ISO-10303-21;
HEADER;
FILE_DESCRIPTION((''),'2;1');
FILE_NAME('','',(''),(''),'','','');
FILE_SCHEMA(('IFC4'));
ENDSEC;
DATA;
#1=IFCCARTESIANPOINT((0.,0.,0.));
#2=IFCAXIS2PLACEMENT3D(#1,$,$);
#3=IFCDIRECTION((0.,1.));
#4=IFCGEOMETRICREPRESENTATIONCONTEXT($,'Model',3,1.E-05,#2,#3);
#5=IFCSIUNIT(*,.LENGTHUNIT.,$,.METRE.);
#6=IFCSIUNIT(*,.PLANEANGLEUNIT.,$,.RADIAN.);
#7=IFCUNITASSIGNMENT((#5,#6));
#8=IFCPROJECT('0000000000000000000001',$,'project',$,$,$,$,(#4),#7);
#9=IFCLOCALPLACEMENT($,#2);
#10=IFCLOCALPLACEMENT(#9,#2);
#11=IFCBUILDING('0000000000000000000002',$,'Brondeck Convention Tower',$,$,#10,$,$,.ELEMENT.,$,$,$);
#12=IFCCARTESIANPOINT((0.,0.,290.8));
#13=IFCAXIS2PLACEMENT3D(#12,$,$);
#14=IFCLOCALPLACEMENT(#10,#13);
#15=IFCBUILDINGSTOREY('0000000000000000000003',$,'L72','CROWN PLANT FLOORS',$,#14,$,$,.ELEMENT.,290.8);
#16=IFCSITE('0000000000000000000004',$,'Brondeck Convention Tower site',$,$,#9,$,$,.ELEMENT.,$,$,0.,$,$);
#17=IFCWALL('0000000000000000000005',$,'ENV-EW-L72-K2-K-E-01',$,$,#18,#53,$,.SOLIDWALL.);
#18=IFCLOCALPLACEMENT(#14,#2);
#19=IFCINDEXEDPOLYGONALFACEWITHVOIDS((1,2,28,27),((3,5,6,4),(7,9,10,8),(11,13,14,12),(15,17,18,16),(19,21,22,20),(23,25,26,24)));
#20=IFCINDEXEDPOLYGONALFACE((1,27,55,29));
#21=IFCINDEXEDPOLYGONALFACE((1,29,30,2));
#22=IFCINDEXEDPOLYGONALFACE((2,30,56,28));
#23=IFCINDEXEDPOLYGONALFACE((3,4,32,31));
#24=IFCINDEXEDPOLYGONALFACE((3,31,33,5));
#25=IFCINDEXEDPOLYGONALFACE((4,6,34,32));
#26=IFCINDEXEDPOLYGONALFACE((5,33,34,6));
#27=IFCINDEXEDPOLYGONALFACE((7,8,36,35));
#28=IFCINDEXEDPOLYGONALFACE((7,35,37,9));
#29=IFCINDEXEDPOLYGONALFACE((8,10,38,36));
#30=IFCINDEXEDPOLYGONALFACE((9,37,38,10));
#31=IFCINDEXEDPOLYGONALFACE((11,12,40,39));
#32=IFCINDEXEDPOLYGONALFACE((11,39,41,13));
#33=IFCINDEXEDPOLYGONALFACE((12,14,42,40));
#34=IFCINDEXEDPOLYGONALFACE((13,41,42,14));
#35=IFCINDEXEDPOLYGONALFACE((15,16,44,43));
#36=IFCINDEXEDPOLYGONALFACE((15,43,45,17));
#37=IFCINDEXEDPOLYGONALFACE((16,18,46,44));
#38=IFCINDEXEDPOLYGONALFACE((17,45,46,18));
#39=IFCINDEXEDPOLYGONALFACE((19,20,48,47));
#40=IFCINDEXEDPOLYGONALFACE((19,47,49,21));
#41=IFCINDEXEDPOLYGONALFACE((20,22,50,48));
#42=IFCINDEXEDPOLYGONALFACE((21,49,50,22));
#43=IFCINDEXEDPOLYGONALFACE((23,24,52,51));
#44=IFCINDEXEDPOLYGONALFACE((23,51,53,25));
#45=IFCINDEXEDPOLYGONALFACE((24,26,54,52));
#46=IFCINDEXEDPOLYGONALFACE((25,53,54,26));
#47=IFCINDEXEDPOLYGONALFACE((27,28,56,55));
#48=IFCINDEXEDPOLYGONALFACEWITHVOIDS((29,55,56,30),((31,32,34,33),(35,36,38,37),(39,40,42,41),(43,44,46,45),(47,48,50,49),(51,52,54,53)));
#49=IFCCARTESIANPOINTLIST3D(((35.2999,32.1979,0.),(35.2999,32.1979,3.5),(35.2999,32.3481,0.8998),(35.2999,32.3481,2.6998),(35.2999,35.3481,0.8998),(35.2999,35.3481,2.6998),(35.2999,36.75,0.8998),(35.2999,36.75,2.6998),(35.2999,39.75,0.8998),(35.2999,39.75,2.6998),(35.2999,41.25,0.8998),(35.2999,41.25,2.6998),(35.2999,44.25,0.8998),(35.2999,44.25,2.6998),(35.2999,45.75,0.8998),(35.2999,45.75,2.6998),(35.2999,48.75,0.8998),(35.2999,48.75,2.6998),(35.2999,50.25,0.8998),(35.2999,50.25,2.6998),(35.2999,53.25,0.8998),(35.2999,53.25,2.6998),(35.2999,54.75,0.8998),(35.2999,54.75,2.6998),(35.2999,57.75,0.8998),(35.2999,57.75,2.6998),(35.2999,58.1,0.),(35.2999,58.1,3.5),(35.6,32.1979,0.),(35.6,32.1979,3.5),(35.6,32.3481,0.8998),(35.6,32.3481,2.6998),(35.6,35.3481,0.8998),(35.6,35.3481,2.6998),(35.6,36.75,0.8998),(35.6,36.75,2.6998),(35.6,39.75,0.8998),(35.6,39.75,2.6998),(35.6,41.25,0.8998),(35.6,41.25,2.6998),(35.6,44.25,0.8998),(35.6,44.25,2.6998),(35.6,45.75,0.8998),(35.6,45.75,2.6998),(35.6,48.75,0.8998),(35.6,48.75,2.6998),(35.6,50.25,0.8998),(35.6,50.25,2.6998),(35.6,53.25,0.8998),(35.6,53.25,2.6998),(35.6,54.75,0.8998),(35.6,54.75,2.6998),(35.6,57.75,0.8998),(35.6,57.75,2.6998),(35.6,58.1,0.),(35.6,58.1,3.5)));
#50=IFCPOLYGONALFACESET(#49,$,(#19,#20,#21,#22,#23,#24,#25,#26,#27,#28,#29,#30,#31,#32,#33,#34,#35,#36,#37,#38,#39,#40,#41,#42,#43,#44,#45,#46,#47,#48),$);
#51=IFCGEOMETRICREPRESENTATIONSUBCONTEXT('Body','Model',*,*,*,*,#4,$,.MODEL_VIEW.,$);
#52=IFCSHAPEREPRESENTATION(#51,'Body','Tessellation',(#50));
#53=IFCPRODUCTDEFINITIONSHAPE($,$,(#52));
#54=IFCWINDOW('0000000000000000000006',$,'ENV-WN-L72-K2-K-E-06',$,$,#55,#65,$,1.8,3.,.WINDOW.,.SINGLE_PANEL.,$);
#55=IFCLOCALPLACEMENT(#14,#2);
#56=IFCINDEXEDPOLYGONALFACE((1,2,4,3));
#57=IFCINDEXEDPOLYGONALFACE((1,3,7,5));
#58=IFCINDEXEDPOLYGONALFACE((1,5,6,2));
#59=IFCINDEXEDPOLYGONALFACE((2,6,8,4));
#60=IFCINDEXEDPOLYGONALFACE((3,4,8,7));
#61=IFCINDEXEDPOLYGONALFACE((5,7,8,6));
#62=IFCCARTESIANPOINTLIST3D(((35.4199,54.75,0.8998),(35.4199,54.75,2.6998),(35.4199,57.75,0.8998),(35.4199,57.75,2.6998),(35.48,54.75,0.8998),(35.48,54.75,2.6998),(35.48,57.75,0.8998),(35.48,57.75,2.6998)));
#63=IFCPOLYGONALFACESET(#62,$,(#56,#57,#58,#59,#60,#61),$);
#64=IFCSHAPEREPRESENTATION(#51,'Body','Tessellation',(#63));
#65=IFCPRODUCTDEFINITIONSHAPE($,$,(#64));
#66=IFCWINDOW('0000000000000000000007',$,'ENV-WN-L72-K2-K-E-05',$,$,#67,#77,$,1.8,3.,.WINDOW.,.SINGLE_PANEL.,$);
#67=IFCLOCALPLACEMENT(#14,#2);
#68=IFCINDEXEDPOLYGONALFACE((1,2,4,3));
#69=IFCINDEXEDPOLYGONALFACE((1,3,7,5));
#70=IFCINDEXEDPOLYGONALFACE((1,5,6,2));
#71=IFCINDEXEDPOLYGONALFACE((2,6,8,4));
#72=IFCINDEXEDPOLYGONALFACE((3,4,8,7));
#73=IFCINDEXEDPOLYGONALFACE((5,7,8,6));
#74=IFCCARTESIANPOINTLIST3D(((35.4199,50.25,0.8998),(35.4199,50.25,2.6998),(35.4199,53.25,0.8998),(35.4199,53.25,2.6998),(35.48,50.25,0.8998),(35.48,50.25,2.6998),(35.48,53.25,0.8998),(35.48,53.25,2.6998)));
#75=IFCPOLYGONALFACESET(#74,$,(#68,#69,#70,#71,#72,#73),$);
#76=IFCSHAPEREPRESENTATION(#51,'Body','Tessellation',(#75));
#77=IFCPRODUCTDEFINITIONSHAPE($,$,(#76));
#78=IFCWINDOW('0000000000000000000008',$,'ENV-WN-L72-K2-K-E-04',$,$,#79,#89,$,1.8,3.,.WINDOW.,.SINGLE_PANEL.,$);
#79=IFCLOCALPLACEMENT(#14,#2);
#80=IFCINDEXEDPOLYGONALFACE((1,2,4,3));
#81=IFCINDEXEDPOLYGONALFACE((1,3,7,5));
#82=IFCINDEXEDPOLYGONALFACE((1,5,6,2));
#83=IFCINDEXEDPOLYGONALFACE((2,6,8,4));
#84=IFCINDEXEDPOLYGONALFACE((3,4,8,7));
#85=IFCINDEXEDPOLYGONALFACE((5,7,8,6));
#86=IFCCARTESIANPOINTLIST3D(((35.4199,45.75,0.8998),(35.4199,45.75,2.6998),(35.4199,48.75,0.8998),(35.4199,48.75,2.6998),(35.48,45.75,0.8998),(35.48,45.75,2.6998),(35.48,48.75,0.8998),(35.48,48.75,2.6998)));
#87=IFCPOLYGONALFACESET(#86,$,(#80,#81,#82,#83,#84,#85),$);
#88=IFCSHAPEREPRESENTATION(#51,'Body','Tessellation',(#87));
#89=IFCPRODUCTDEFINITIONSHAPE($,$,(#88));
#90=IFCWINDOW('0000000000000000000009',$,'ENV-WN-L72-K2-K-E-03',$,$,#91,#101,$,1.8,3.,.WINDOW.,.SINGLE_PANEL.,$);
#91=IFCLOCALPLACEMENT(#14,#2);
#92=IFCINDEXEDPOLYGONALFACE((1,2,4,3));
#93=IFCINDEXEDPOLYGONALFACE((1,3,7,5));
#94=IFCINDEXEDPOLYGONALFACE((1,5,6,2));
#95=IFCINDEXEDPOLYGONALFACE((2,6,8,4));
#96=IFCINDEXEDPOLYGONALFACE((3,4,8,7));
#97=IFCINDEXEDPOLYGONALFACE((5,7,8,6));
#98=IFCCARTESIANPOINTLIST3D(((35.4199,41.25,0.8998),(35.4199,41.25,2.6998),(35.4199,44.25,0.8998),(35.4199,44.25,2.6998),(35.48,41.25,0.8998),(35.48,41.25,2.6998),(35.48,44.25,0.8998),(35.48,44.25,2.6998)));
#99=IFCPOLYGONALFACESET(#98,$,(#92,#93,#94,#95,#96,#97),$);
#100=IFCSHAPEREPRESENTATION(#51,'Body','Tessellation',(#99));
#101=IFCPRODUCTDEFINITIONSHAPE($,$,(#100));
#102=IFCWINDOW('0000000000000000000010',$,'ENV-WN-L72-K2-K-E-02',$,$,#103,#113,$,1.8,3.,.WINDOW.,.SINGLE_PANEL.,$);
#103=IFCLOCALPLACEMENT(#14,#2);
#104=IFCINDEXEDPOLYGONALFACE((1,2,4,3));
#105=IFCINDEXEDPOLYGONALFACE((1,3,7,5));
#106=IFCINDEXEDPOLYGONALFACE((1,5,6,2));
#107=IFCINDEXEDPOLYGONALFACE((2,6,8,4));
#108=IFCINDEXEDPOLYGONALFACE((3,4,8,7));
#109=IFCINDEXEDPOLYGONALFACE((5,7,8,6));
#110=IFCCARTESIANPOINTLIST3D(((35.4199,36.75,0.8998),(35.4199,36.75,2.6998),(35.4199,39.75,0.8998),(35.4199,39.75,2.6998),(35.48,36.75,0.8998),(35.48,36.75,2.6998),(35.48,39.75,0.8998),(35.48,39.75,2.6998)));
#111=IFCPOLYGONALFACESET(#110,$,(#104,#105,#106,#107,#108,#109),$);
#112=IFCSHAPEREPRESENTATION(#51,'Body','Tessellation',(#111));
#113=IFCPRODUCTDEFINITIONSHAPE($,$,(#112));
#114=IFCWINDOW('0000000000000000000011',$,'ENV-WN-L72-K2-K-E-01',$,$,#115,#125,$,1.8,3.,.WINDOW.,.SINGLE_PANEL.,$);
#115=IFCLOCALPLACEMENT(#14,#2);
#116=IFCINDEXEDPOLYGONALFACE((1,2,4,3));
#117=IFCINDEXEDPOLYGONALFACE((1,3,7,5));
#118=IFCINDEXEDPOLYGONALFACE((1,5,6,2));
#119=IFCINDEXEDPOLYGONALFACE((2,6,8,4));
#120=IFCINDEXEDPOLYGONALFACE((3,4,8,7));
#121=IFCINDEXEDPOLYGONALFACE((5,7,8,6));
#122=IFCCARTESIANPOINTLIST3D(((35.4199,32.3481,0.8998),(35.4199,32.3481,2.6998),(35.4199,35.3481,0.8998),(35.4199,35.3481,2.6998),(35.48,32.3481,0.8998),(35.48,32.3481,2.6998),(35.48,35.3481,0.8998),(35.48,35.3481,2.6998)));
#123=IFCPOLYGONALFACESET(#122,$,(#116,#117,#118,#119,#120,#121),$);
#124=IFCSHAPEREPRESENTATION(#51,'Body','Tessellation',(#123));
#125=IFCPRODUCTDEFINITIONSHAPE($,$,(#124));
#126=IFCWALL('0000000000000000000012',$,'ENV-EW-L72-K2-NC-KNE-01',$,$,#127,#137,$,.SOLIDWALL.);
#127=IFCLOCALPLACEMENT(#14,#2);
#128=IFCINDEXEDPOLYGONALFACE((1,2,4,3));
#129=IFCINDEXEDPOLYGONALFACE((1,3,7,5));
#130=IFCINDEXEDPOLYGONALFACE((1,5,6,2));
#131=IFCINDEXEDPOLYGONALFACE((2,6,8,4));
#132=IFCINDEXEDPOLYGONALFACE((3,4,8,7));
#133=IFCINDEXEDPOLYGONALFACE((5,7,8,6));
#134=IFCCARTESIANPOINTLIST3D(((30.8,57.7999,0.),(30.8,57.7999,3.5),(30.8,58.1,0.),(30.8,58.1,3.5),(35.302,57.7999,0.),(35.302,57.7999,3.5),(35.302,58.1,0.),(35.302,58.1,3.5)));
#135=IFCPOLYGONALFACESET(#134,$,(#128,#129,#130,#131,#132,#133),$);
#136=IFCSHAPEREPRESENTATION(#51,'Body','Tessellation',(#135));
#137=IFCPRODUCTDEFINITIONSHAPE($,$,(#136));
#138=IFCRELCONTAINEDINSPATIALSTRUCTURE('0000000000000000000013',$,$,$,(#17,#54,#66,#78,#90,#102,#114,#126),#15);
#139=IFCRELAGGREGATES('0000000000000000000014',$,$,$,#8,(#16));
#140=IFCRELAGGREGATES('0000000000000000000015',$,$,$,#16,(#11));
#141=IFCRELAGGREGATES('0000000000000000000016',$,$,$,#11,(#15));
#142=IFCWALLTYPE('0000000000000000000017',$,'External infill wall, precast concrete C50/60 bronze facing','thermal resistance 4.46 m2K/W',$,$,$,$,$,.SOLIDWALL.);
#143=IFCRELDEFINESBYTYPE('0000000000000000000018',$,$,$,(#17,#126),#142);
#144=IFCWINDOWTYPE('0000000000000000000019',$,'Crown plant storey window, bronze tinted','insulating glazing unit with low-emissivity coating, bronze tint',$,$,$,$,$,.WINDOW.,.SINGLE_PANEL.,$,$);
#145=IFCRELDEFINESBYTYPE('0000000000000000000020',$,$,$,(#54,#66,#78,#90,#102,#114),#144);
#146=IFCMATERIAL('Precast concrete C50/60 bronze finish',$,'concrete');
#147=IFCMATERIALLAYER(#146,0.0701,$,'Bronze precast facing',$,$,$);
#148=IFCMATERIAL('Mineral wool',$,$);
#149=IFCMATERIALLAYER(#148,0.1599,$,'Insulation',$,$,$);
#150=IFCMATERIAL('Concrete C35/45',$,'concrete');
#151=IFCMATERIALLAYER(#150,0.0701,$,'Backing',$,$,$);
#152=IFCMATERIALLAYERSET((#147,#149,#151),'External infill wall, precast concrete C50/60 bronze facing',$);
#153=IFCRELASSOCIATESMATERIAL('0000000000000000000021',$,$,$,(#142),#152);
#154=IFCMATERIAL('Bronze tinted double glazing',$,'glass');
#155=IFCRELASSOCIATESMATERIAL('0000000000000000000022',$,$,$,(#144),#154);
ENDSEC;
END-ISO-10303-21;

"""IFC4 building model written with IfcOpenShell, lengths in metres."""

from ifc_helpers import new_model, si_unit, direction, frame, frame_2d, origin, place, context, subcontext, project, spatial, rectangle, extrude, material, layer, layer_set, type_object, element, fill, save


model = new_model("IFC4")

# Units and contexts
model_context = context("Model", 3, precision=1e-05, world=origin(), true_north=direction((0.0, 1.0)))
body_context = subcontext(model_context, "Body", "Model", "MODEL_VIEW")
ifc_project = project(units=[si_unit("LENGTHUNIT", "METRE"), si_unit("PLANEANGLEUNIT", "RADIAN")], contexts=[model_context])

# Site, building, storey
site_placement = place(None, origin())
site = spatial("IfcSite", under=ifc_project, at=site_placement, Name="Brondeck Convention Tower site", CompositionType="ELEMENT", RefElevation=0.0)
building_placement = place(site_placement, origin())
building = spatial("IfcBuilding", under=site, at=building_placement, Name="Brondeck Convention Tower", CompositionType="ELEMENT")
storey_placement = place(building_placement, frame((0.0, 0.0, 290.8)))
storey = spatial("IfcBuildingStorey", under=building, at=storey_placement, Name="L72", Description="CROWN PLANT FLOORS", CompositionType="ELEMENT", Elevation=290.8)

# Wall, openings, windows
ifc_material_1 = material(Name="Precast concrete C50/60 bronze finish", Category="concrete")
ifc_layer_1 = layer(ifc_material_1, 0.0701, Name="Bronze precast facing")
ifc_material_2 = material(Name="Mineral wool")
ifc_layer_2 = layer(ifc_material_2, 0.1599, Name="Insulation")
ifc_material_3 = material(Name="Concrete C35/45", Category="concrete")
ifc_layer_3 = layer(ifc_material_3, 0.0701, Name="Backing")
ifc_layer_set_1 = layer_set([ifc_layer_1, ifc_layer_2, ifc_layer_3], Name="External infill wall, precast concrete C50/60 bronze facing")
wall_type_1 = type_object("IfcWallType", Name="External infill wall, precast concrete C50/60 bronze facing", Description="thermal resistance 4.46 m2K/W", PredefinedType="SOLIDWALL", material=ifc_layer_set_1)
wall_1_placement = place(storey_placement, frame((35.45, 58.1001, 0.0), z_axis=(0.0, 0.0, 1.0), x_axis=(0.0, -1.0, 0.0)))
wall_1 = element("IfcWall", 1, at=wall_1_placement, inside=storey, type_object=wall_type_1, Name="ENV-EW-L72-K2-K-E-01", PredefinedType="SOLIDWALL", context=body_context, shape_type="SweptSolid", body=[
    extrude(rectangle(XDim=25.9021, YDim=0.3, at=frame_2d((12.9512, 0.0))), origin(), (0.0, 0.0, 1.0), 3.5),
])
opening_1_placement = place(wall_1_placement, frame((0.3501, 0.0, 0.8999)))
opening_1 = element("IfcOpeningElement", 2, at=opening_1_placement, cuts=wall_1, PredefinedType="OPENING", context=body_context, shape_type="SweptSolid", body=[
    extrude(rectangle(XDim=3.0, YDim=1.8, at=frame_2d((1.5, 0.8999))), frame((0.0, 0.1599, 0.0), z_axis=(0.0, -1.0, 0.0), x_axis=(1.0, 0.0, 0.0)), (0.0, 0.0, 1.0), 0.3201),
])
opening_2_placement = place(wall_1_placement, frame((4.8501, 0.0, 0.8999)))
opening_2 = element("IfcOpeningElement", 3, at=opening_2_placement, cuts=wall_1, PredefinedType="OPENING", context=body_context, shape_type="SweptSolid", body=[
    extrude(rectangle(XDim=3.0, YDim=1.8, at=frame_2d((1.5, 0.8999))), frame((0.0, 0.1599, 0.0), z_axis=(0.0, -1.0, 0.0), x_axis=(1.0, 0.0, 0.0)), (0.0, 0.0, 1.0), 0.3201),
])
opening_3_placement = place(wall_1_placement, frame((9.3501, 0.0, 0.8999)))
opening_3 = element("IfcOpeningElement", 4, at=opening_3_placement, cuts=wall_1, PredefinedType="OPENING", context=body_context, shape_type="SweptSolid", body=[
    extrude(rectangle(XDim=3.0, YDim=1.8, at=frame_2d((1.5, 0.8999))), frame((0.0, 0.1599, 0.0), z_axis=(0.0, -1.0, 0.0), x_axis=(1.0, 0.0, 0.0)), (0.0, 0.0, 1.0), 0.3201),
])
opening_4_placement = place(wall_1_placement, frame((13.8501, 0.0, 0.8999)))
opening_4 = element("IfcOpeningElement", 5, at=opening_4_placement, cuts=wall_1, PredefinedType="OPENING", context=body_context, shape_type="SweptSolid", body=[
    extrude(rectangle(XDim=3.0, YDim=1.8, at=frame_2d((1.5, 0.8999))), frame((0.0, 0.1599, 0.0), z_axis=(0.0, -1.0, 0.0), x_axis=(1.0, 0.0, 0.0)), (0.0, 0.0, 1.0), 0.3201),
])
opening_5_placement = place(wall_1_placement, frame((18.3501, 0.0, 0.8999)))
opening_5 = element("IfcOpeningElement", 6, at=opening_5_placement, cuts=wall_1, PredefinedType="OPENING", context=body_context, shape_type="SweptSolid", body=[
    extrude(rectangle(XDim=3.0, YDim=1.8, at=frame_2d((1.5, 0.8999))), frame((0.0, 0.1599, 0.0), z_axis=(0.0, -1.0, 0.0), x_axis=(1.0, 0.0, 0.0)), (0.0, 0.0, 1.0), 0.3201),
])
opening_6_placement = place(wall_1_placement, frame((22.752, 0.0, 0.8999)))
opening_6 = element("IfcOpeningElement", 7, at=opening_6_placement, cuts=wall_1, PredefinedType="OPENING", context=body_context, shape_type="SweptSolid", body=[
    extrude(rectangle(XDim=3.0, YDim=1.8, at=frame_2d((1.5, 0.8999))), frame((0.0, 0.1599, 0.0), z_axis=(0.0, -1.0, 0.0), x_axis=(1.0, 0.0, 0.0)), (0.0, 0.0, 1.0), 0.3201),
])
ifc_material_4 = material(Name="Bronze tinted double glazing", Category="glass")
window_type = type_object("IfcWindowType", Name="Crown plant storey window, bronze tinted", Description="insulating glazing unit with low-emissivity coating, bronze tint", PartitioningType="SINGLE_PANEL", PredefinedType="WINDOW", material=ifc_material_4)
window_1_placement = place(opening_1_placement, origin())
window_1 = element("IfcWindow", 8, at=window_1_placement, inside=storey, type_object=window_type, Name="ENV-WN-L72-K2-K-E-06", OverallHeight=1.8, OverallWidth=3.0, PartitioningType="SINGLE_PANEL", PredefinedType="WINDOW", context=body_context, shape_type="SweptSolid", body=[
    extrude(rectangle(XDim=3.0, YDim=1.8, at=frame_2d((1.5, 0.8999))), frame((0.0, 0.03, 0.0), z_axis=(0.0, -1.0, 0.0), x_axis=(1.0, 0.0, 0.0)), (0.0, 0.0, 1.0), 0.0601),
])
fill(opening_1, window_1)
window_2_placement = place(opening_2_placement, origin())
window_2 = element("IfcWindow", 9, at=window_2_placement, inside=storey, type_object=window_type, Name="ENV-WN-L72-K2-K-E-05", OverallHeight=1.8, OverallWidth=3.0, PartitioningType="SINGLE_PANEL", PredefinedType="WINDOW", context=body_context, shape_type="SweptSolid", body=[
    extrude(rectangle(XDim=3.0, YDim=1.8, at=frame_2d((1.5, 0.8999))), frame((0.0, 0.03, 0.0), z_axis=(0.0, -1.0, 0.0), x_axis=(1.0, 0.0, 0.0)), (0.0, 0.0, 1.0), 0.0601),
])
fill(opening_2, window_2)
window_3_placement = place(opening_3_placement, origin())
window_3 = element("IfcWindow", 10, at=window_3_placement, inside=storey, type_object=window_type, Name="ENV-WN-L72-K2-K-E-04", OverallHeight=1.8, OverallWidth=3.0, PartitioningType="SINGLE_PANEL", PredefinedType="WINDOW", context=body_context, shape_type="SweptSolid", body=[
    extrude(rectangle(XDim=3.0, YDim=1.8, at=frame_2d((1.5, 0.8999))), frame((0.0, 0.03, 0.0), z_axis=(0.0, -1.0, 0.0), x_axis=(1.0, 0.0, 0.0)), (0.0, 0.0, 1.0), 0.0601),
])
fill(opening_3, window_3)
window_4_placement = place(opening_4_placement, origin())
window_4 = element("IfcWindow", 11, at=window_4_placement, inside=storey, type_object=window_type, Name="ENV-WN-L72-K2-K-E-03", OverallHeight=1.8, OverallWidth=3.0, PartitioningType="SINGLE_PANEL", PredefinedType="WINDOW", context=body_context, shape_type="SweptSolid", body=[
    extrude(rectangle(XDim=3.0, YDim=1.8, at=frame_2d((1.5, 0.8999))), frame((0.0, 0.03, 0.0), z_axis=(0.0, -1.0, 0.0), x_axis=(1.0, 0.0, 0.0)), (0.0, 0.0, 1.0), 0.0601),
])
fill(opening_4, window_4)
window_5_placement = place(opening_5_placement, origin())
window_5 = element("IfcWindow", 12, at=window_5_placement, inside=storey, type_object=window_type, Name="ENV-WN-L72-K2-K-E-02", OverallHeight=1.8, OverallWidth=3.0, PartitioningType="SINGLE_PANEL", PredefinedType="WINDOW", context=body_context, shape_type="SweptSolid", body=[
    extrude(rectangle(XDim=3.0, YDim=1.8, at=frame_2d((1.5, 0.8999))), frame((0.0, 0.03, 0.0), z_axis=(0.0, -1.0, 0.0), x_axis=(1.0, 0.0, 0.0)), (0.0, 0.0, 1.0), 0.0601),
])
fill(opening_5, window_5)
window_6_placement = place(opening_6_placement, origin())
window_6 = element("IfcWindow", 13, at=window_6_placement, inside=storey, type_object=window_type, Name="ENV-WN-L72-K2-K-E-01", OverallHeight=1.8, OverallWidth=3.0, PartitioningType="SINGLE_PANEL", PredefinedType="WINDOW", context=body_context, shape_type="SweptSolid", body=[
    extrude(rectangle(XDim=3.0, YDim=1.8, at=frame_2d((1.5, 0.8999))), frame((0.0, 0.03, 0.0), z_axis=(0.0, -1.0, 0.0), x_axis=(1.0, 0.0, 0.0)), (0.0, 0.0, 1.0), 0.0601),
])
fill(opening_6, window_6)

# Wall
wall_2_placement = place(storey_placement, frame((30.8, 57.95, 0.0), z_axis=(0.0, 0.0, 1.0), x_axis=(1.0, 0.0, 0.0)))
element("IfcWall", 14, at=wall_2_placement, inside=storey, type_object=wall_type_1, Name="ENV-EW-L72-K2-NC-KNE-01", PredefinedType="SOLIDWALL", context=body_context, shape_type="SweptSolid", body=[
    extrude(rectangle(XDim=4.502, YDim=0.3, at=frame_2d((2.251, 0.0))), origin(), (0.0, 0.0, 1.0), 3.5),
])

save(model, "model.ifc")
